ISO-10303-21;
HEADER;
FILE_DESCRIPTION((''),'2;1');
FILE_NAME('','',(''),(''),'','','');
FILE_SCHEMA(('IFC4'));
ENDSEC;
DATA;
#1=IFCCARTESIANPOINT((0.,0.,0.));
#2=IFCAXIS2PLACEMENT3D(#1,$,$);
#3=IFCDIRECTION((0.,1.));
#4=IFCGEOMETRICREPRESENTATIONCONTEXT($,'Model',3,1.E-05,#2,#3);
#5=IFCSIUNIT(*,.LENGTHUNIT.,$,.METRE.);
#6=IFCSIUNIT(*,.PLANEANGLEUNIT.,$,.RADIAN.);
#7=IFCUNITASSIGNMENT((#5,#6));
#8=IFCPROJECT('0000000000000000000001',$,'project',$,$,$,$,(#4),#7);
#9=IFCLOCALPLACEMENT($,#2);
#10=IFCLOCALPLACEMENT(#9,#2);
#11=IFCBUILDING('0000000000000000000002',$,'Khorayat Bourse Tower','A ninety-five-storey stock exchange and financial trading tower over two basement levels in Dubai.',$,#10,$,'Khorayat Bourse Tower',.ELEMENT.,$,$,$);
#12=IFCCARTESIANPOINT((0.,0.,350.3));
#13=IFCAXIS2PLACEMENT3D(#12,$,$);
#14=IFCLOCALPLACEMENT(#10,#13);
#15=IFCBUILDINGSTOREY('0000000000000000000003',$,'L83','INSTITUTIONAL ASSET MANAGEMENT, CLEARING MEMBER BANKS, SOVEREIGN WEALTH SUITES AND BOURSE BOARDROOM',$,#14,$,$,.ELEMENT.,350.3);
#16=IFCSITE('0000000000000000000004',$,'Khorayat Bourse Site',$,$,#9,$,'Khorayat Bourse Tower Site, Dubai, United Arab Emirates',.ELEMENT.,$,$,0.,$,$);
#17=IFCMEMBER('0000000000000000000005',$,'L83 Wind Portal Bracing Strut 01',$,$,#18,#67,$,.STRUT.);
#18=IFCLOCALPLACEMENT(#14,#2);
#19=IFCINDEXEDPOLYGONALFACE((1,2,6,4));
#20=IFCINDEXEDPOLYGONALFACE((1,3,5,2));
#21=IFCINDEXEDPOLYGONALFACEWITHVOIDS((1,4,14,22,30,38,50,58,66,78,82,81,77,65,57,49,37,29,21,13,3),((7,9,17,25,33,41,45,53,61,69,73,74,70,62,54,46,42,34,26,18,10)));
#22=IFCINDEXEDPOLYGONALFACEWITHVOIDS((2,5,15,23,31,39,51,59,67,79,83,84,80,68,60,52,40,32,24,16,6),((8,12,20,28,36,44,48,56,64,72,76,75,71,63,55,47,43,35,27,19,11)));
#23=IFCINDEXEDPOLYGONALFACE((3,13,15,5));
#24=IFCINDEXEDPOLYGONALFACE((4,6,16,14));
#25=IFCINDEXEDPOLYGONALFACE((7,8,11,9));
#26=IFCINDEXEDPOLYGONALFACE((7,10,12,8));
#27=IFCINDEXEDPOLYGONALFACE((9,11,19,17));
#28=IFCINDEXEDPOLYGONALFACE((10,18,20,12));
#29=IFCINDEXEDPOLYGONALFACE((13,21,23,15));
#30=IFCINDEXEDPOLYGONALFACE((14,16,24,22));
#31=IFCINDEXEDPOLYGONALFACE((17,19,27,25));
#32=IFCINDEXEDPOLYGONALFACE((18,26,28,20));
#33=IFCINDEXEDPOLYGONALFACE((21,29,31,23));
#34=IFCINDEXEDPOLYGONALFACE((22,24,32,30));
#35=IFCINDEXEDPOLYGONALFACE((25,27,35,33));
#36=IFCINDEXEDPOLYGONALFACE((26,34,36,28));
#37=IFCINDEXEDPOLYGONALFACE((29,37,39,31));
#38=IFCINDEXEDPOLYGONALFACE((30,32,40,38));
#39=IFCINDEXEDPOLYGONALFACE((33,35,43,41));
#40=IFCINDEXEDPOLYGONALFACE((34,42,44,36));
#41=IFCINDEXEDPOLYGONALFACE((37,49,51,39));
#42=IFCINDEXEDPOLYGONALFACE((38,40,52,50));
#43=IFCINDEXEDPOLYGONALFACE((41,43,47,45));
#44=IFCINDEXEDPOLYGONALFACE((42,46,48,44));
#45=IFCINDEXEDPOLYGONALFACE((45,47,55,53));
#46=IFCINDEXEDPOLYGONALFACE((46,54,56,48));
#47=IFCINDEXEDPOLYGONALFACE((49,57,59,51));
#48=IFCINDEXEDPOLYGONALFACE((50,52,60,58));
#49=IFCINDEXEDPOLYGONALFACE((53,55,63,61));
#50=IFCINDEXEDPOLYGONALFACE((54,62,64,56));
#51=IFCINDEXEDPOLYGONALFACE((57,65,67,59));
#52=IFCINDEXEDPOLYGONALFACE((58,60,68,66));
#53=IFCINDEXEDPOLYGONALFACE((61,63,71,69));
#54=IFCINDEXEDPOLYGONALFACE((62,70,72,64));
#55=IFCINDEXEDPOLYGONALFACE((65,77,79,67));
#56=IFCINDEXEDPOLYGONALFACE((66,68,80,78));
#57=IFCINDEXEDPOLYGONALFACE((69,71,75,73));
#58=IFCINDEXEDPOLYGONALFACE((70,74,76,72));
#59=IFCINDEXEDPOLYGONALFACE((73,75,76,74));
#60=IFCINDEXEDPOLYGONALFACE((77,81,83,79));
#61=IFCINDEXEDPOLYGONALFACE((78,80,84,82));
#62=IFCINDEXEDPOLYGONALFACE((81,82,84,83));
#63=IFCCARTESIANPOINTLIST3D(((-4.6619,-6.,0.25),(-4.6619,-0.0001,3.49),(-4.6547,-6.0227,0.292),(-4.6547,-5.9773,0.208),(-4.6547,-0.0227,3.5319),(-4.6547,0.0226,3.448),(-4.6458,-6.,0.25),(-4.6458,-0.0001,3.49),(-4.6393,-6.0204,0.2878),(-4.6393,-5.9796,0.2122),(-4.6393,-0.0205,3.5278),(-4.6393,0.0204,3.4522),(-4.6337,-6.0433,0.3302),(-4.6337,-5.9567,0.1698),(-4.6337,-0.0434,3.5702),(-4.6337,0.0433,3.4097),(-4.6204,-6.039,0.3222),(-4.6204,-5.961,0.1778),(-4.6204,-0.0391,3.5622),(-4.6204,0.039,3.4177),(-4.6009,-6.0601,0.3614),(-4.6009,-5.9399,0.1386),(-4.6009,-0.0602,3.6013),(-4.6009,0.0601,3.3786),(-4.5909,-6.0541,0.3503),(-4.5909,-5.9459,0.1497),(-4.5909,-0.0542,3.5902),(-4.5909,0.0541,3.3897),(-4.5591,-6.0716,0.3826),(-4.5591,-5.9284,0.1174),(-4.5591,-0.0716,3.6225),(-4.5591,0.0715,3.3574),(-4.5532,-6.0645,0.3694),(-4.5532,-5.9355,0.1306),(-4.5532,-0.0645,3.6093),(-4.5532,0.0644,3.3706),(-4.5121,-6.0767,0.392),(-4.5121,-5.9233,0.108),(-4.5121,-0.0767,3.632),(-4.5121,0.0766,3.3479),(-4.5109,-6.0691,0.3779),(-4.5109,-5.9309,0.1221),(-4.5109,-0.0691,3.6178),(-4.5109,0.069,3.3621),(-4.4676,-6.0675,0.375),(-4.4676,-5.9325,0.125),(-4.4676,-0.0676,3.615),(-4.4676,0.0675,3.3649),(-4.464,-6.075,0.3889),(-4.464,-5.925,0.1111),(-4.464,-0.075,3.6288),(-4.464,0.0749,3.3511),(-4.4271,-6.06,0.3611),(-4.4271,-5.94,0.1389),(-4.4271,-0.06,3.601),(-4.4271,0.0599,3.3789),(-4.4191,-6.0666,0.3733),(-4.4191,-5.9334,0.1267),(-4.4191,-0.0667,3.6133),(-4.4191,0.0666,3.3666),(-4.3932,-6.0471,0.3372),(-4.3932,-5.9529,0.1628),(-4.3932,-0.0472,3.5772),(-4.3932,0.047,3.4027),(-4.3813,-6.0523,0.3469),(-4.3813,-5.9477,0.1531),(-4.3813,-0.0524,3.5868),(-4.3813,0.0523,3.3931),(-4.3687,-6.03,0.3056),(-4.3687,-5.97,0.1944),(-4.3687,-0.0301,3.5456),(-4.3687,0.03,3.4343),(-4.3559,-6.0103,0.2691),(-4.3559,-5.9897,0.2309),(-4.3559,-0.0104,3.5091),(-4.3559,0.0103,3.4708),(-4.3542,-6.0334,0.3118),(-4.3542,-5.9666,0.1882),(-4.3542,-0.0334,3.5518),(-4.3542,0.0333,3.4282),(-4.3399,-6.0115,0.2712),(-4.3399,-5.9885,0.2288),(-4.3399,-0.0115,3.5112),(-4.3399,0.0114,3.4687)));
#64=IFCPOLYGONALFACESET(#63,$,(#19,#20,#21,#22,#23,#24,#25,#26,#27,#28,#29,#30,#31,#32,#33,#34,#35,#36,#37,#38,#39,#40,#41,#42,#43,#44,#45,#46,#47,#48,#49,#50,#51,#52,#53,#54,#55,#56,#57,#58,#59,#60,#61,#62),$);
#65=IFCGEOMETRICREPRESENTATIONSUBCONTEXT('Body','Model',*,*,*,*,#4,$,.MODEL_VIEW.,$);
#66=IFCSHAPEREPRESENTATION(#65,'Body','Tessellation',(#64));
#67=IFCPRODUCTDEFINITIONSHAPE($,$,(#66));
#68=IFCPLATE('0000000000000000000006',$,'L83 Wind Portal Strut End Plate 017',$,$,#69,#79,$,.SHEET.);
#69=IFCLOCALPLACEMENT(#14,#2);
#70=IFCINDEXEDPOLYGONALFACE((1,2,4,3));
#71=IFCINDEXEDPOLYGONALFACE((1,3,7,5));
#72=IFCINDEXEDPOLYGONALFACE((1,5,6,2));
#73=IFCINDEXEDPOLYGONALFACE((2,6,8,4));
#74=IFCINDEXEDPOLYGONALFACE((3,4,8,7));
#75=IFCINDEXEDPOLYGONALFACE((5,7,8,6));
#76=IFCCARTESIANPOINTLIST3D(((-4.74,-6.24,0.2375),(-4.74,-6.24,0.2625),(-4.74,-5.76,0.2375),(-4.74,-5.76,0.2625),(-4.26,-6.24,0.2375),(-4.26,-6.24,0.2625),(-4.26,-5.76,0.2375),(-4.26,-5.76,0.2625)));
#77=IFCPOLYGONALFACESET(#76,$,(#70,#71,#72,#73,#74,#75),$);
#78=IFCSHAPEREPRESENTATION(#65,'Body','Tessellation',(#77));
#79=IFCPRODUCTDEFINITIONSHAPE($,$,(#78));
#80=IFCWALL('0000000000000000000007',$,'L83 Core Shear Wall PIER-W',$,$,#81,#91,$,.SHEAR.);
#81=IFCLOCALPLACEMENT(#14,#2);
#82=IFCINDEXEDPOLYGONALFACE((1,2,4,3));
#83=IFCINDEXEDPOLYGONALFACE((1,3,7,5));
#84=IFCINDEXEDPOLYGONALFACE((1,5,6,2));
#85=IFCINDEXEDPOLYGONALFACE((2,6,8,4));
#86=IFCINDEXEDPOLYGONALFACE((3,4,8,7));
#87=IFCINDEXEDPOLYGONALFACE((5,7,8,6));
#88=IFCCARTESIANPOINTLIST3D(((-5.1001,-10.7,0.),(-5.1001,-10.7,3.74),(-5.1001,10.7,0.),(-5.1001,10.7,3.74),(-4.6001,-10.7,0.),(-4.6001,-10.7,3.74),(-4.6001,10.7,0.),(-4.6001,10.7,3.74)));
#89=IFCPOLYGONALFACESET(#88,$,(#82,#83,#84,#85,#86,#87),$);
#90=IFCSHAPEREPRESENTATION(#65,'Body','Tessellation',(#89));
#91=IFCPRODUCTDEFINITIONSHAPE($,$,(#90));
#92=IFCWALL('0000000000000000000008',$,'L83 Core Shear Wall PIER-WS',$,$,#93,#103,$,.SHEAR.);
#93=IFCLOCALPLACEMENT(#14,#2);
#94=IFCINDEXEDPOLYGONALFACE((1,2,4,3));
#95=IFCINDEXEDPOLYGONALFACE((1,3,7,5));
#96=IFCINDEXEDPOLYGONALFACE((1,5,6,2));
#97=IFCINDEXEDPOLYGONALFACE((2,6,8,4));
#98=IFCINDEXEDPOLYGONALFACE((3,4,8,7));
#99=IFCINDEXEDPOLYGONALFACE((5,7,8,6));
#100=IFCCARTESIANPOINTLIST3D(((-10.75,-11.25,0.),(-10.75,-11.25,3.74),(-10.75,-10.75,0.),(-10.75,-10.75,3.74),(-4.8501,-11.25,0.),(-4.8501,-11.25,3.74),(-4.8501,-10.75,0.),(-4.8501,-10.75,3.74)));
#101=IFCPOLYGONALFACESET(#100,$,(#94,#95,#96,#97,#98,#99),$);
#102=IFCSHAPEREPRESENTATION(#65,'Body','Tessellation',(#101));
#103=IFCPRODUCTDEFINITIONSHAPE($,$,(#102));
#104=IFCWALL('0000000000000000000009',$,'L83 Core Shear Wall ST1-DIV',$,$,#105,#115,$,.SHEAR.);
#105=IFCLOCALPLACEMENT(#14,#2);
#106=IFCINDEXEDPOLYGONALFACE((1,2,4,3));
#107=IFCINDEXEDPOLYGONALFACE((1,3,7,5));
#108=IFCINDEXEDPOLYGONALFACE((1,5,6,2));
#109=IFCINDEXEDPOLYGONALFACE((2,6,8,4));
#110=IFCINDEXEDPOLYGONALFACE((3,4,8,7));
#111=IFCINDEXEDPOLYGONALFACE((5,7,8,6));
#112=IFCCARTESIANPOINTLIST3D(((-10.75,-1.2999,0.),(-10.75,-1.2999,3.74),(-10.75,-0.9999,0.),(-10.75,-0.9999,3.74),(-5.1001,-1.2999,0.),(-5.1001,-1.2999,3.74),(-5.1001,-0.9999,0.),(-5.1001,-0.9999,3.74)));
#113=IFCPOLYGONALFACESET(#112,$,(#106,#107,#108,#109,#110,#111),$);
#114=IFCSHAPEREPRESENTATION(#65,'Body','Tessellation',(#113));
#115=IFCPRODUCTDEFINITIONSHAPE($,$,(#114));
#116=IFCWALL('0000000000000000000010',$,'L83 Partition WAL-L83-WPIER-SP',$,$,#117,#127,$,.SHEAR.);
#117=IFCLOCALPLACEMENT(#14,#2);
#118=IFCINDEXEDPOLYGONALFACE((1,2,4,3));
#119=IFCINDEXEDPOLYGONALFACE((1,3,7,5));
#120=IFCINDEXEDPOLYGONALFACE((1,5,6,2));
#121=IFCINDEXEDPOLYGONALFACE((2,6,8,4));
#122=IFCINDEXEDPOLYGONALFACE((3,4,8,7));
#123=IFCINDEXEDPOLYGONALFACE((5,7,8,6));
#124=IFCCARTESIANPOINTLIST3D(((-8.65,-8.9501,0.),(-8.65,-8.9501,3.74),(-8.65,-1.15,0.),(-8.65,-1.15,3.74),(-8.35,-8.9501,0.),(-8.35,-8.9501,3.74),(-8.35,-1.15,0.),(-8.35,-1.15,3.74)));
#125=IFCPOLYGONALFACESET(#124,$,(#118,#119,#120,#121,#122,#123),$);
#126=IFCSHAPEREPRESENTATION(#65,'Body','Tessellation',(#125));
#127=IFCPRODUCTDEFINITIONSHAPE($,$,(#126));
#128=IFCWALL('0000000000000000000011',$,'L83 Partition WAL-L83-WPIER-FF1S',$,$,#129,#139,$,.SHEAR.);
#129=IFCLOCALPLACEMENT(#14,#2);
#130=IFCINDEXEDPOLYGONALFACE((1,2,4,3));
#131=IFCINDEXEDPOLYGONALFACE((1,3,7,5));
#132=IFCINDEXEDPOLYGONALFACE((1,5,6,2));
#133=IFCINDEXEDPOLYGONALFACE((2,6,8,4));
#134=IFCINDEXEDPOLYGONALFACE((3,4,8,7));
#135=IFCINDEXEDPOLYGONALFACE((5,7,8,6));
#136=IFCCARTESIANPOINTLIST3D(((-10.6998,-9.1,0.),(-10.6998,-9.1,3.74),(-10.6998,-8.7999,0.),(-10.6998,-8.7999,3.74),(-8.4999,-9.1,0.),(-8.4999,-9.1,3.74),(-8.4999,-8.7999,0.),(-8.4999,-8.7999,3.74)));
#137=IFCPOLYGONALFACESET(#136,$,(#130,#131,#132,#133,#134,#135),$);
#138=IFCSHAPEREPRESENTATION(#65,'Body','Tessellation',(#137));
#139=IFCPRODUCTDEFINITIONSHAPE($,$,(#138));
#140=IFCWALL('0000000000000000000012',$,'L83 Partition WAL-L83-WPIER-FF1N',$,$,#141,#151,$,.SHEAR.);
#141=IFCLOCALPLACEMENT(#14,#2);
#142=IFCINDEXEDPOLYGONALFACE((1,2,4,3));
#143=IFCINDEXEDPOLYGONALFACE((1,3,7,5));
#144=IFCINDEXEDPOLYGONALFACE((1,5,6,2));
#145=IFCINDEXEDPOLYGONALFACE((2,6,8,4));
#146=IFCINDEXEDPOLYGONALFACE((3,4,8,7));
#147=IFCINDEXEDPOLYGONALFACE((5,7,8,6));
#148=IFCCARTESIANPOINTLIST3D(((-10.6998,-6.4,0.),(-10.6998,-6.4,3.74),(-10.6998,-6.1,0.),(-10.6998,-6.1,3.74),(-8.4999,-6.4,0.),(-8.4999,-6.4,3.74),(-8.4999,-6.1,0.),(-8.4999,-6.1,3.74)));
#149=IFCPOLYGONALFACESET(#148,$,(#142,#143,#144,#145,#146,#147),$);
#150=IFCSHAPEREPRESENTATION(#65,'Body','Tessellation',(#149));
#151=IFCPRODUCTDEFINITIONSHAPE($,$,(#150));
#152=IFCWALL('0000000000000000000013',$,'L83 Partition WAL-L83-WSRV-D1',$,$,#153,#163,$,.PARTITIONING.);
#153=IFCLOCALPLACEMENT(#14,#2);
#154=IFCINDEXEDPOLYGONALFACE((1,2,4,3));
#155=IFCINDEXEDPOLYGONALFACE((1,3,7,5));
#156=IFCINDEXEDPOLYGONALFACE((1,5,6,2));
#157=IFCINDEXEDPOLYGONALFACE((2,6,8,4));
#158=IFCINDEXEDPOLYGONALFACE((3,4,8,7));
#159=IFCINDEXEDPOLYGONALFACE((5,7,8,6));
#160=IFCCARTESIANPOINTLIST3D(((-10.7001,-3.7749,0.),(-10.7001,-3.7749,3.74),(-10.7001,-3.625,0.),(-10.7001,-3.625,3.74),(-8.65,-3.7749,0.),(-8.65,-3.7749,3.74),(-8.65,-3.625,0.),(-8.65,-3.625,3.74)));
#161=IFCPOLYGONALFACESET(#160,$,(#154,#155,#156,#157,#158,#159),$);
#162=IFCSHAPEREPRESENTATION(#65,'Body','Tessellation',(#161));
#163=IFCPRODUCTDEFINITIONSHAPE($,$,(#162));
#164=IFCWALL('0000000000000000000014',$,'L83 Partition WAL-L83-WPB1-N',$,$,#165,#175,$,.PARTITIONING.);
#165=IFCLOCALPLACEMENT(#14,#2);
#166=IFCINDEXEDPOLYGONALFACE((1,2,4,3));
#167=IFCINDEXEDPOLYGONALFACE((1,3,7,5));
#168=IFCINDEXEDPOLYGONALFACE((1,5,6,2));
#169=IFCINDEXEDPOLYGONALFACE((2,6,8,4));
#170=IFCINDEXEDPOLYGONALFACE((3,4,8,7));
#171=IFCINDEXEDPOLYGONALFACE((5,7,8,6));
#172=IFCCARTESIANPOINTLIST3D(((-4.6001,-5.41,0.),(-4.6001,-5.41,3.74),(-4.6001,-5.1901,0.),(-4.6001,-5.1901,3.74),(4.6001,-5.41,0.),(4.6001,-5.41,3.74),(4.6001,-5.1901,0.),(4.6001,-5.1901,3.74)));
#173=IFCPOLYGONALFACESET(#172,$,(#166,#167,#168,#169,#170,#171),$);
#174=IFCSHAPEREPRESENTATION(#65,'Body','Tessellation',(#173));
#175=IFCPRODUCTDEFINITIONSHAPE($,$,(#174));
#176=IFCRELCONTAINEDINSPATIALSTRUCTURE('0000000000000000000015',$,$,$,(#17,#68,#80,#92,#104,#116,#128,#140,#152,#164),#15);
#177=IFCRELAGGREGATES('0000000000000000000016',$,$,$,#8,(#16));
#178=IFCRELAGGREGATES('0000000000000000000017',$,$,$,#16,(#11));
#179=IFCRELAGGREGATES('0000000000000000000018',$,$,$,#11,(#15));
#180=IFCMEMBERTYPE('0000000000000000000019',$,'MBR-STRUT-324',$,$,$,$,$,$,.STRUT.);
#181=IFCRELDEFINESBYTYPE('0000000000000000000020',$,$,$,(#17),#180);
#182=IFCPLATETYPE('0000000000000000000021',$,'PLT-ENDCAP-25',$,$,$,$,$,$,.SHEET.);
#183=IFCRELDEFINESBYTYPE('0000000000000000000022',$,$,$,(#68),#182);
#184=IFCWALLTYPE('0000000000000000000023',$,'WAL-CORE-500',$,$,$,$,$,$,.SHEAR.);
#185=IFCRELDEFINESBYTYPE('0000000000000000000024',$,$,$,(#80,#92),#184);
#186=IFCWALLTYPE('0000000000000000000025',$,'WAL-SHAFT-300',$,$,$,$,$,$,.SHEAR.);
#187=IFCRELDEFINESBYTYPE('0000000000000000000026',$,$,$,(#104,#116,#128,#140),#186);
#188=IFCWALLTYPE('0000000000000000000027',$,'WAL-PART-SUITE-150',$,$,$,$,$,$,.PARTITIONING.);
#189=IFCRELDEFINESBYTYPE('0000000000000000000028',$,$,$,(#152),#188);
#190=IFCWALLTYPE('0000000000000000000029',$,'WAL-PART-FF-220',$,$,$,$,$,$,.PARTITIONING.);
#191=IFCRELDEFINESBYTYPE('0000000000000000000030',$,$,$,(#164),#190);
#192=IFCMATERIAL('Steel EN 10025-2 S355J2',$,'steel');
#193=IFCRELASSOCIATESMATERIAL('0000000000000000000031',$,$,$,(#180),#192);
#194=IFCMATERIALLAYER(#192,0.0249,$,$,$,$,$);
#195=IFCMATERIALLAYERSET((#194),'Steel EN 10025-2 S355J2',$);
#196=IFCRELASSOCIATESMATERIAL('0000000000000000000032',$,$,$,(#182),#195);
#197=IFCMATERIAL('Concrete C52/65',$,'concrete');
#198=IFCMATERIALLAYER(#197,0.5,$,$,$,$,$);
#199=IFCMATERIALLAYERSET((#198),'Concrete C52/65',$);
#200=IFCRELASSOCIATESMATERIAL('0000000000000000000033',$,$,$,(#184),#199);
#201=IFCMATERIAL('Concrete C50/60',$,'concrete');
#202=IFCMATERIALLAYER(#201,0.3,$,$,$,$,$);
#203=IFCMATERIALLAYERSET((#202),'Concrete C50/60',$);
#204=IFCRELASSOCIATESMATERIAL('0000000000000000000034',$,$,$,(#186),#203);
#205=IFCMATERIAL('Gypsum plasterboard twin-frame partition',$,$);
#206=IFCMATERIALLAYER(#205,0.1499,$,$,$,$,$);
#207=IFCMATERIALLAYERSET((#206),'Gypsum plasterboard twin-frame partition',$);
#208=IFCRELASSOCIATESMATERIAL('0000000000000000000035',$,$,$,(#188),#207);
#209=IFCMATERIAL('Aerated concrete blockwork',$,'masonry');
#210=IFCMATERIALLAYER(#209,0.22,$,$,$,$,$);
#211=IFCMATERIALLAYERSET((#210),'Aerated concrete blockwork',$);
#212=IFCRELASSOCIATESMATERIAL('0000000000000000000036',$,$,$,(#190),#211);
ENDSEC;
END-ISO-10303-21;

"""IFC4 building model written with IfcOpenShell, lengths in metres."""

from ifc_helpers import new_model, si_unit, direction, frame, frame_2d, origin, origin_2d, place, context, subcontext, project, spatial, rectangle, hollow_circle, extrude, source, transform, mapped, material, layer, layer_set, material_profile, profile_set, type_object, element, save


model = new_model("IFC4")

# Units and contexts
model_context = context("Model", 3, precision=1e-05, world=origin(), true_north=direction((0.0, 1.0)))
body_context = subcontext(model_context, "Body", "Model", "MODEL_VIEW")
ifc_project = project(units=[si_unit("LENGTHUNIT", "METRE"), si_unit("PLANEANGLEUNIT", "RADIAN")], contexts=[model_context])

# Site, building, storey
site_placement = place(None, origin())
site = spatial("IfcSite", under=ifc_project, at=site_placement, Name="Khorayat Bourse Site", LongName="Khorayat Bourse Tower Site, Dubai, United Arab Emirates", CompositionType="ELEMENT", RefElevation=0.0)
building_placement = place(site_placement, origin())
building = spatial("IfcBuilding", under=site, at=building_placement, Name="Khorayat Bourse Tower", Description="A ninety-five-storey stock exchange and financial trading tower over two basement levels in Dubai.", LongName="Khorayat Bourse Tower", CompositionType="ELEMENT")
storey_placement = place(building_placement, frame((0.0, 0.0, 350.3)))
storey = spatial("IfcBuildingStorey", under=building, at=storey_placement, Name="L83", Description="INSTITUTIONAL ASSET MANAGEMENT, CLEARING MEMBER BANKS, SOVEREIGN WEALTH SUITES AND BOURSE BOARDROOM", CompositionType="ELEMENT", Elevation=350.3)

# Shared definitions
ifc_material_1 = material(Name="Concrete C52/65", Category="concrete")

# Member
ifc_material_2 = material(Name="Steel EN 10025-2 S355J2", Category="steel")
ifc_material_profile_1 = material_profile(ifc_material_2, hollow_circle(Radius=0.1619, WallThickness=0.0161, at=origin_2d()), Name="CHS 323.9x16")
ifc_profile_set_1 = profile_set([ifc_material_profile_1], Name="Steel EN 10025-2 S355J2")
member_type = type_object("IfcMemberType", Name="MBR-STRUT-324", PredefinedType="STRUT", material=ifc_profile_set_1)
shared_shape_1 = source(origin(), body_context, "Body", "SweptSolid", [
    extrude(hollow_circle(Radius=0.1619, WallThickness=0.0161, at=origin_2d()), origin(), (0.0, 0.0, 1.0), 6.8188),
])
member_placement = place(storey_placement, frame((-4.5, -6.0, 0.25), z_axis=(0.0, 0.879906, 0.475148), x_axis=(-1.0, 0.0, 0.0)))
element("IfcMember", 1, at=member_placement, inside=storey, type_object=member_type, Name="L83 Wind Portal Bracing Strut 01", PredefinedType="STRUT", context=body_context, shape_type="MappedRepresentation", body=[
    mapped(shared_shape_1, transform((0.0, 0.0, 0.0), scale=1.0)),
])

# Plate
ifc_layer_1 = layer(ifc_material_2, 0.0249)
ifc_layer_set_1 = layer_set([ifc_layer_1], Name="Steel EN 10025-2 S355J2")
plate_type = type_object("IfcPlateType", Name="PLT-ENDCAP-25", PredefinedType="SHEET", material=ifc_layer_set_1)
shared_shape_2 = source(origin(), body_context, "Body", "SweptSolid", [
    extrude(rectangle(XDim=0.48, YDim=0.48, at=origin_2d()), origin(), (0.0, 0.0, 1.0), 0.0249),
])
plate_placement = place(storey_placement, frame((-4.5, -6.0, 0.2375), z_axis=(0.0, 0.0, 1.0), x_axis=(1.0, 0.0, 0.0)))
element("IfcPlate", 2, at=plate_placement, inside=storey, type_object=plate_type, Name="L83 Wind Portal Strut End Plate 017", PredefinedType="SHEET", context=body_context, shape_type="MappedRepresentation", body=[
    mapped(shared_shape_2, transform((0.0, 0.0, 0.0), scale=1.0)),
])

# Walls
ifc_layer_2 = layer(ifc_material_1, 0.5)
ifc_layer_set_2 = layer_set([ifc_layer_2], Name="Concrete C52/65")
wall_type_1 = type_object("IfcWallType", Name="WAL-CORE-500", PredefinedType="SHEAR", material=ifc_layer_set_2)
shared_shape_3 = source(origin(), body_context, "Body", "SweptSolid", [
    extrude(rectangle(XDim=21.3999, YDim=0.5, at=frame_2d((10.7, 0.0))), origin(), (0.0, 0.0, 1.0), 3.74),
])
wall_1_placement = place(storey_placement, frame((-4.8501, -10.7, 0.0), z_axis=(0.0, 0.0, 1.0), x_axis=(0.0, 1.0, 0.0)))
element("IfcWall", 3, at=wall_1_placement, inside=storey, type_object=wall_type_1, Name="L83 Core Shear Wall PIER-W", PredefinedType="SHEAR", context=body_context, shape_type="MappedRepresentation", body=[
    mapped(shared_shape_3, transform((0.0, 0.0, 0.0), scale=1.0)),
])
shared_shape_4 = source(origin(), body_context, "Body", "SweptSolid", [
    extrude(rectangle(XDim=5.8999, YDim=0.5, at=frame_2d((2.95, 0.0))), origin(), (0.0, 0.0, 1.0), 3.74),
])
wall_2_placement = place(storey_placement, frame((-10.75, -11.0, 0.0), z_axis=(0.0, 0.0, 1.0), x_axis=(1.0, 0.0, 0.0)))
element("IfcWall", 4, at=wall_2_placement, inside=storey, type_object=wall_type_1, Name="L83 Core Shear Wall PIER-WS", PredefinedType="SHEAR", context=body_context, shape_type="MappedRepresentation", body=[
    mapped(shared_shape_4, transform((0.0, 0.0, 0.0), scale=1.0)),
])
ifc_material_3 = material(Name="Concrete C50/60", Category="concrete")
ifc_layer_3 = layer(ifc_material_3, 0.3)
ifc_layer_set_3 = layer_set([ifc_layer_3], Name="Concrete C50/60")
wall_type_2 = type_object("IfcWallType", Name="WAL-SHAFT-300", PredefinedType="SHEAR", material=ifc_layer_set_3)
shared_shape_5 = source(origin(), body_context, "Body", "SweptSolid", [
    extrude(rectangle(XDim=5.6499, YDim=0.3, at=frame_2d((2.825, 0.0))), origin(), (0.0, 0.0, 1.0), 3.74),
])
wall_3_placement = place(storey_placement, frame((-10.75, -1.1499, 0.0), z_axis=(0.0, 0.0, 1.0), x_axis=(1.0, 0.0, 0.0)))
element("IfcWall", 5, at=wall_3_placement, inside=storey, type_object=wall_type_2, Name="L83 Core Shear Wall ST1-DIV", PredefinedType="SHEAR", context=body_context, shape_type="MappedRepresentation", body=[
    mapped(shared_shape_5, transform((0.0, 0.0, 0.0), scale=1.0)),
])
shared_shape_6 = source(origin(), body_context, "Body", "SweptSolid", [
    extrude(rectangle(XDim=7.8, YDim=0.3, at=frame_2d((3.8999, 0.0))), origin(), (0.0, 0.0, 1.0), 3.74),
])
wall_4_placement = place(storey_placement, frame((-8.5, -8.95, 0.0), z_axis=(0.0, 0.0, 1.0), x_axis=(0.0, 1.0, 0.0)))
element("IfcWall", 6, at=wall_4_placement, inside=storey, type_object=wall_type_2, Name="L83 Partition WAL-L83-WPIER-SP", PredefinedType="SHEAR", context=body_context, shape_type="MappedRepresentation", body=[
    mapped(shared_shape_6, transform((0.0, 0.0, 0.0), scale=1.0)),
])
shared_shape_7 = source(origin(), body_context, "Body", "SweptSolid", [
    extrude(rectangle(XDim=2.2, YDim=0.3, at=frame_2d((1.1001, 0.0))), origin(), (0.0, 0.0, 1.0), 3.74),
])
for number, where, z_axis, x_axis, name in (
    (7, (-10.7, -8.95, 0.0), (0.0, 0.0, 1.0), (1.0, 0.0, 0.0), "L83 Partition WAL-L83-WPIER-FF1S"),
    (8, (-10.7, -6.25, 0.0), (0.0, 0.0, 1.0), (1.0, 0.0, 0.0), "L83 Partition WAL-L83-WPIER-FF1N"),
):
    element("IfcWall", number, at=place(storey_placement, frame(where, z_axis=z_axis, x_axis=x_axis)), inside=storey, type_object=wall_type_2, Name=name, PredefinedType="SHEAR", context=body_context, shape_type="MappedRepresentation", body=[
        mapped(shared_shape_7, transform((0.0, 0.0, 0.0), scale=1.0)),
    ])
ifc_material_4 = material(Name="Gypsum plasterboard twin-frame partition")
ifc_layer_4 = layer(ifc_material_4, 0.1499)
ifc_layer_set_4 = layer_set([ifc_layer_4], Name="Gypsum plasterboard twin-frame partition")
wall_type_3 = type_object("IfcWallType", Name="WAL-PART-SUITE-150", PredefinedType="PARTITIONING", material=ifc_layer_set_4)
shared_shape_8 = source(origin(), body_context, "Body", "SweptSolid", [
    extrude(rectangle(XDim=2.05, YDim=0.1499, at=frame_2d((1.0249, 0.0))), origin(), (0.0, 0.0, 1.0), 3.74),
])
wall_5_placement = place(storey_placement, frame((-10.7, -3.7, 0.0), z_axis=(0.0, 0.0, 1.0), x_axis=(1.0, 0.0, 0.0)))
element("IfcWall", 9, at=wall_5_placement, inside=storey, type_object=wall_type_3, Name="L83 Partition WAL-L83-WSRV-D1", PredefinedType="PARTITIONING", context=body_context, shape_type="MappedRepresentation", body=[
    mapped(shared_shape_8, transform((0.0, 0.0, 0.0), scale=1.0)),
])

# Shared definitions
ifc_material_5 = material(Name="Aerated concrete blockwork", Category="masonry")
ifc_layer_5 = layer(ifc_material_5, 0.22)
ifc_layer_set_5 = layer_set([ifc_layer_5], Name="Aerated concrete blockwork")
wall_type_4 = type_object("IfcWallType", Name="WAL-PART-FF-220", PredefinedType="PARTITIONING", material=ifc_layer_set_5)
shared_shape_9 = source(origin(), body_context, "Body", "SweptSolid", [
    extrude(rectangle(XDim=9.2002, YDim=0.22, at=frame_2d((4.6001, 0.0))), origin(), (0.0, 0.0, 1.0), 3.74),
])

# Wall
wall_6_placement = place(storey_placement, frame((-4.6001, -5.3, 0.0), z_axis=(0.0, 0.0, 1.0), x_axis=(1.0, 0.0, 0.0)))
element("IfcWall", 10, at=wall_6_placement, inside=storey, type_object=wall_type_4, Name="L83 Partition WAL-L83-WPB1-N", PredefinedType="PARTITIONING", context=body_context, shape_type="MappedRepresentation", body=[
    mapped(shared_shape_9, transform((0.0, 0.0, 0.0), scale=1.0)),
])

save(model, "model.ifc")
